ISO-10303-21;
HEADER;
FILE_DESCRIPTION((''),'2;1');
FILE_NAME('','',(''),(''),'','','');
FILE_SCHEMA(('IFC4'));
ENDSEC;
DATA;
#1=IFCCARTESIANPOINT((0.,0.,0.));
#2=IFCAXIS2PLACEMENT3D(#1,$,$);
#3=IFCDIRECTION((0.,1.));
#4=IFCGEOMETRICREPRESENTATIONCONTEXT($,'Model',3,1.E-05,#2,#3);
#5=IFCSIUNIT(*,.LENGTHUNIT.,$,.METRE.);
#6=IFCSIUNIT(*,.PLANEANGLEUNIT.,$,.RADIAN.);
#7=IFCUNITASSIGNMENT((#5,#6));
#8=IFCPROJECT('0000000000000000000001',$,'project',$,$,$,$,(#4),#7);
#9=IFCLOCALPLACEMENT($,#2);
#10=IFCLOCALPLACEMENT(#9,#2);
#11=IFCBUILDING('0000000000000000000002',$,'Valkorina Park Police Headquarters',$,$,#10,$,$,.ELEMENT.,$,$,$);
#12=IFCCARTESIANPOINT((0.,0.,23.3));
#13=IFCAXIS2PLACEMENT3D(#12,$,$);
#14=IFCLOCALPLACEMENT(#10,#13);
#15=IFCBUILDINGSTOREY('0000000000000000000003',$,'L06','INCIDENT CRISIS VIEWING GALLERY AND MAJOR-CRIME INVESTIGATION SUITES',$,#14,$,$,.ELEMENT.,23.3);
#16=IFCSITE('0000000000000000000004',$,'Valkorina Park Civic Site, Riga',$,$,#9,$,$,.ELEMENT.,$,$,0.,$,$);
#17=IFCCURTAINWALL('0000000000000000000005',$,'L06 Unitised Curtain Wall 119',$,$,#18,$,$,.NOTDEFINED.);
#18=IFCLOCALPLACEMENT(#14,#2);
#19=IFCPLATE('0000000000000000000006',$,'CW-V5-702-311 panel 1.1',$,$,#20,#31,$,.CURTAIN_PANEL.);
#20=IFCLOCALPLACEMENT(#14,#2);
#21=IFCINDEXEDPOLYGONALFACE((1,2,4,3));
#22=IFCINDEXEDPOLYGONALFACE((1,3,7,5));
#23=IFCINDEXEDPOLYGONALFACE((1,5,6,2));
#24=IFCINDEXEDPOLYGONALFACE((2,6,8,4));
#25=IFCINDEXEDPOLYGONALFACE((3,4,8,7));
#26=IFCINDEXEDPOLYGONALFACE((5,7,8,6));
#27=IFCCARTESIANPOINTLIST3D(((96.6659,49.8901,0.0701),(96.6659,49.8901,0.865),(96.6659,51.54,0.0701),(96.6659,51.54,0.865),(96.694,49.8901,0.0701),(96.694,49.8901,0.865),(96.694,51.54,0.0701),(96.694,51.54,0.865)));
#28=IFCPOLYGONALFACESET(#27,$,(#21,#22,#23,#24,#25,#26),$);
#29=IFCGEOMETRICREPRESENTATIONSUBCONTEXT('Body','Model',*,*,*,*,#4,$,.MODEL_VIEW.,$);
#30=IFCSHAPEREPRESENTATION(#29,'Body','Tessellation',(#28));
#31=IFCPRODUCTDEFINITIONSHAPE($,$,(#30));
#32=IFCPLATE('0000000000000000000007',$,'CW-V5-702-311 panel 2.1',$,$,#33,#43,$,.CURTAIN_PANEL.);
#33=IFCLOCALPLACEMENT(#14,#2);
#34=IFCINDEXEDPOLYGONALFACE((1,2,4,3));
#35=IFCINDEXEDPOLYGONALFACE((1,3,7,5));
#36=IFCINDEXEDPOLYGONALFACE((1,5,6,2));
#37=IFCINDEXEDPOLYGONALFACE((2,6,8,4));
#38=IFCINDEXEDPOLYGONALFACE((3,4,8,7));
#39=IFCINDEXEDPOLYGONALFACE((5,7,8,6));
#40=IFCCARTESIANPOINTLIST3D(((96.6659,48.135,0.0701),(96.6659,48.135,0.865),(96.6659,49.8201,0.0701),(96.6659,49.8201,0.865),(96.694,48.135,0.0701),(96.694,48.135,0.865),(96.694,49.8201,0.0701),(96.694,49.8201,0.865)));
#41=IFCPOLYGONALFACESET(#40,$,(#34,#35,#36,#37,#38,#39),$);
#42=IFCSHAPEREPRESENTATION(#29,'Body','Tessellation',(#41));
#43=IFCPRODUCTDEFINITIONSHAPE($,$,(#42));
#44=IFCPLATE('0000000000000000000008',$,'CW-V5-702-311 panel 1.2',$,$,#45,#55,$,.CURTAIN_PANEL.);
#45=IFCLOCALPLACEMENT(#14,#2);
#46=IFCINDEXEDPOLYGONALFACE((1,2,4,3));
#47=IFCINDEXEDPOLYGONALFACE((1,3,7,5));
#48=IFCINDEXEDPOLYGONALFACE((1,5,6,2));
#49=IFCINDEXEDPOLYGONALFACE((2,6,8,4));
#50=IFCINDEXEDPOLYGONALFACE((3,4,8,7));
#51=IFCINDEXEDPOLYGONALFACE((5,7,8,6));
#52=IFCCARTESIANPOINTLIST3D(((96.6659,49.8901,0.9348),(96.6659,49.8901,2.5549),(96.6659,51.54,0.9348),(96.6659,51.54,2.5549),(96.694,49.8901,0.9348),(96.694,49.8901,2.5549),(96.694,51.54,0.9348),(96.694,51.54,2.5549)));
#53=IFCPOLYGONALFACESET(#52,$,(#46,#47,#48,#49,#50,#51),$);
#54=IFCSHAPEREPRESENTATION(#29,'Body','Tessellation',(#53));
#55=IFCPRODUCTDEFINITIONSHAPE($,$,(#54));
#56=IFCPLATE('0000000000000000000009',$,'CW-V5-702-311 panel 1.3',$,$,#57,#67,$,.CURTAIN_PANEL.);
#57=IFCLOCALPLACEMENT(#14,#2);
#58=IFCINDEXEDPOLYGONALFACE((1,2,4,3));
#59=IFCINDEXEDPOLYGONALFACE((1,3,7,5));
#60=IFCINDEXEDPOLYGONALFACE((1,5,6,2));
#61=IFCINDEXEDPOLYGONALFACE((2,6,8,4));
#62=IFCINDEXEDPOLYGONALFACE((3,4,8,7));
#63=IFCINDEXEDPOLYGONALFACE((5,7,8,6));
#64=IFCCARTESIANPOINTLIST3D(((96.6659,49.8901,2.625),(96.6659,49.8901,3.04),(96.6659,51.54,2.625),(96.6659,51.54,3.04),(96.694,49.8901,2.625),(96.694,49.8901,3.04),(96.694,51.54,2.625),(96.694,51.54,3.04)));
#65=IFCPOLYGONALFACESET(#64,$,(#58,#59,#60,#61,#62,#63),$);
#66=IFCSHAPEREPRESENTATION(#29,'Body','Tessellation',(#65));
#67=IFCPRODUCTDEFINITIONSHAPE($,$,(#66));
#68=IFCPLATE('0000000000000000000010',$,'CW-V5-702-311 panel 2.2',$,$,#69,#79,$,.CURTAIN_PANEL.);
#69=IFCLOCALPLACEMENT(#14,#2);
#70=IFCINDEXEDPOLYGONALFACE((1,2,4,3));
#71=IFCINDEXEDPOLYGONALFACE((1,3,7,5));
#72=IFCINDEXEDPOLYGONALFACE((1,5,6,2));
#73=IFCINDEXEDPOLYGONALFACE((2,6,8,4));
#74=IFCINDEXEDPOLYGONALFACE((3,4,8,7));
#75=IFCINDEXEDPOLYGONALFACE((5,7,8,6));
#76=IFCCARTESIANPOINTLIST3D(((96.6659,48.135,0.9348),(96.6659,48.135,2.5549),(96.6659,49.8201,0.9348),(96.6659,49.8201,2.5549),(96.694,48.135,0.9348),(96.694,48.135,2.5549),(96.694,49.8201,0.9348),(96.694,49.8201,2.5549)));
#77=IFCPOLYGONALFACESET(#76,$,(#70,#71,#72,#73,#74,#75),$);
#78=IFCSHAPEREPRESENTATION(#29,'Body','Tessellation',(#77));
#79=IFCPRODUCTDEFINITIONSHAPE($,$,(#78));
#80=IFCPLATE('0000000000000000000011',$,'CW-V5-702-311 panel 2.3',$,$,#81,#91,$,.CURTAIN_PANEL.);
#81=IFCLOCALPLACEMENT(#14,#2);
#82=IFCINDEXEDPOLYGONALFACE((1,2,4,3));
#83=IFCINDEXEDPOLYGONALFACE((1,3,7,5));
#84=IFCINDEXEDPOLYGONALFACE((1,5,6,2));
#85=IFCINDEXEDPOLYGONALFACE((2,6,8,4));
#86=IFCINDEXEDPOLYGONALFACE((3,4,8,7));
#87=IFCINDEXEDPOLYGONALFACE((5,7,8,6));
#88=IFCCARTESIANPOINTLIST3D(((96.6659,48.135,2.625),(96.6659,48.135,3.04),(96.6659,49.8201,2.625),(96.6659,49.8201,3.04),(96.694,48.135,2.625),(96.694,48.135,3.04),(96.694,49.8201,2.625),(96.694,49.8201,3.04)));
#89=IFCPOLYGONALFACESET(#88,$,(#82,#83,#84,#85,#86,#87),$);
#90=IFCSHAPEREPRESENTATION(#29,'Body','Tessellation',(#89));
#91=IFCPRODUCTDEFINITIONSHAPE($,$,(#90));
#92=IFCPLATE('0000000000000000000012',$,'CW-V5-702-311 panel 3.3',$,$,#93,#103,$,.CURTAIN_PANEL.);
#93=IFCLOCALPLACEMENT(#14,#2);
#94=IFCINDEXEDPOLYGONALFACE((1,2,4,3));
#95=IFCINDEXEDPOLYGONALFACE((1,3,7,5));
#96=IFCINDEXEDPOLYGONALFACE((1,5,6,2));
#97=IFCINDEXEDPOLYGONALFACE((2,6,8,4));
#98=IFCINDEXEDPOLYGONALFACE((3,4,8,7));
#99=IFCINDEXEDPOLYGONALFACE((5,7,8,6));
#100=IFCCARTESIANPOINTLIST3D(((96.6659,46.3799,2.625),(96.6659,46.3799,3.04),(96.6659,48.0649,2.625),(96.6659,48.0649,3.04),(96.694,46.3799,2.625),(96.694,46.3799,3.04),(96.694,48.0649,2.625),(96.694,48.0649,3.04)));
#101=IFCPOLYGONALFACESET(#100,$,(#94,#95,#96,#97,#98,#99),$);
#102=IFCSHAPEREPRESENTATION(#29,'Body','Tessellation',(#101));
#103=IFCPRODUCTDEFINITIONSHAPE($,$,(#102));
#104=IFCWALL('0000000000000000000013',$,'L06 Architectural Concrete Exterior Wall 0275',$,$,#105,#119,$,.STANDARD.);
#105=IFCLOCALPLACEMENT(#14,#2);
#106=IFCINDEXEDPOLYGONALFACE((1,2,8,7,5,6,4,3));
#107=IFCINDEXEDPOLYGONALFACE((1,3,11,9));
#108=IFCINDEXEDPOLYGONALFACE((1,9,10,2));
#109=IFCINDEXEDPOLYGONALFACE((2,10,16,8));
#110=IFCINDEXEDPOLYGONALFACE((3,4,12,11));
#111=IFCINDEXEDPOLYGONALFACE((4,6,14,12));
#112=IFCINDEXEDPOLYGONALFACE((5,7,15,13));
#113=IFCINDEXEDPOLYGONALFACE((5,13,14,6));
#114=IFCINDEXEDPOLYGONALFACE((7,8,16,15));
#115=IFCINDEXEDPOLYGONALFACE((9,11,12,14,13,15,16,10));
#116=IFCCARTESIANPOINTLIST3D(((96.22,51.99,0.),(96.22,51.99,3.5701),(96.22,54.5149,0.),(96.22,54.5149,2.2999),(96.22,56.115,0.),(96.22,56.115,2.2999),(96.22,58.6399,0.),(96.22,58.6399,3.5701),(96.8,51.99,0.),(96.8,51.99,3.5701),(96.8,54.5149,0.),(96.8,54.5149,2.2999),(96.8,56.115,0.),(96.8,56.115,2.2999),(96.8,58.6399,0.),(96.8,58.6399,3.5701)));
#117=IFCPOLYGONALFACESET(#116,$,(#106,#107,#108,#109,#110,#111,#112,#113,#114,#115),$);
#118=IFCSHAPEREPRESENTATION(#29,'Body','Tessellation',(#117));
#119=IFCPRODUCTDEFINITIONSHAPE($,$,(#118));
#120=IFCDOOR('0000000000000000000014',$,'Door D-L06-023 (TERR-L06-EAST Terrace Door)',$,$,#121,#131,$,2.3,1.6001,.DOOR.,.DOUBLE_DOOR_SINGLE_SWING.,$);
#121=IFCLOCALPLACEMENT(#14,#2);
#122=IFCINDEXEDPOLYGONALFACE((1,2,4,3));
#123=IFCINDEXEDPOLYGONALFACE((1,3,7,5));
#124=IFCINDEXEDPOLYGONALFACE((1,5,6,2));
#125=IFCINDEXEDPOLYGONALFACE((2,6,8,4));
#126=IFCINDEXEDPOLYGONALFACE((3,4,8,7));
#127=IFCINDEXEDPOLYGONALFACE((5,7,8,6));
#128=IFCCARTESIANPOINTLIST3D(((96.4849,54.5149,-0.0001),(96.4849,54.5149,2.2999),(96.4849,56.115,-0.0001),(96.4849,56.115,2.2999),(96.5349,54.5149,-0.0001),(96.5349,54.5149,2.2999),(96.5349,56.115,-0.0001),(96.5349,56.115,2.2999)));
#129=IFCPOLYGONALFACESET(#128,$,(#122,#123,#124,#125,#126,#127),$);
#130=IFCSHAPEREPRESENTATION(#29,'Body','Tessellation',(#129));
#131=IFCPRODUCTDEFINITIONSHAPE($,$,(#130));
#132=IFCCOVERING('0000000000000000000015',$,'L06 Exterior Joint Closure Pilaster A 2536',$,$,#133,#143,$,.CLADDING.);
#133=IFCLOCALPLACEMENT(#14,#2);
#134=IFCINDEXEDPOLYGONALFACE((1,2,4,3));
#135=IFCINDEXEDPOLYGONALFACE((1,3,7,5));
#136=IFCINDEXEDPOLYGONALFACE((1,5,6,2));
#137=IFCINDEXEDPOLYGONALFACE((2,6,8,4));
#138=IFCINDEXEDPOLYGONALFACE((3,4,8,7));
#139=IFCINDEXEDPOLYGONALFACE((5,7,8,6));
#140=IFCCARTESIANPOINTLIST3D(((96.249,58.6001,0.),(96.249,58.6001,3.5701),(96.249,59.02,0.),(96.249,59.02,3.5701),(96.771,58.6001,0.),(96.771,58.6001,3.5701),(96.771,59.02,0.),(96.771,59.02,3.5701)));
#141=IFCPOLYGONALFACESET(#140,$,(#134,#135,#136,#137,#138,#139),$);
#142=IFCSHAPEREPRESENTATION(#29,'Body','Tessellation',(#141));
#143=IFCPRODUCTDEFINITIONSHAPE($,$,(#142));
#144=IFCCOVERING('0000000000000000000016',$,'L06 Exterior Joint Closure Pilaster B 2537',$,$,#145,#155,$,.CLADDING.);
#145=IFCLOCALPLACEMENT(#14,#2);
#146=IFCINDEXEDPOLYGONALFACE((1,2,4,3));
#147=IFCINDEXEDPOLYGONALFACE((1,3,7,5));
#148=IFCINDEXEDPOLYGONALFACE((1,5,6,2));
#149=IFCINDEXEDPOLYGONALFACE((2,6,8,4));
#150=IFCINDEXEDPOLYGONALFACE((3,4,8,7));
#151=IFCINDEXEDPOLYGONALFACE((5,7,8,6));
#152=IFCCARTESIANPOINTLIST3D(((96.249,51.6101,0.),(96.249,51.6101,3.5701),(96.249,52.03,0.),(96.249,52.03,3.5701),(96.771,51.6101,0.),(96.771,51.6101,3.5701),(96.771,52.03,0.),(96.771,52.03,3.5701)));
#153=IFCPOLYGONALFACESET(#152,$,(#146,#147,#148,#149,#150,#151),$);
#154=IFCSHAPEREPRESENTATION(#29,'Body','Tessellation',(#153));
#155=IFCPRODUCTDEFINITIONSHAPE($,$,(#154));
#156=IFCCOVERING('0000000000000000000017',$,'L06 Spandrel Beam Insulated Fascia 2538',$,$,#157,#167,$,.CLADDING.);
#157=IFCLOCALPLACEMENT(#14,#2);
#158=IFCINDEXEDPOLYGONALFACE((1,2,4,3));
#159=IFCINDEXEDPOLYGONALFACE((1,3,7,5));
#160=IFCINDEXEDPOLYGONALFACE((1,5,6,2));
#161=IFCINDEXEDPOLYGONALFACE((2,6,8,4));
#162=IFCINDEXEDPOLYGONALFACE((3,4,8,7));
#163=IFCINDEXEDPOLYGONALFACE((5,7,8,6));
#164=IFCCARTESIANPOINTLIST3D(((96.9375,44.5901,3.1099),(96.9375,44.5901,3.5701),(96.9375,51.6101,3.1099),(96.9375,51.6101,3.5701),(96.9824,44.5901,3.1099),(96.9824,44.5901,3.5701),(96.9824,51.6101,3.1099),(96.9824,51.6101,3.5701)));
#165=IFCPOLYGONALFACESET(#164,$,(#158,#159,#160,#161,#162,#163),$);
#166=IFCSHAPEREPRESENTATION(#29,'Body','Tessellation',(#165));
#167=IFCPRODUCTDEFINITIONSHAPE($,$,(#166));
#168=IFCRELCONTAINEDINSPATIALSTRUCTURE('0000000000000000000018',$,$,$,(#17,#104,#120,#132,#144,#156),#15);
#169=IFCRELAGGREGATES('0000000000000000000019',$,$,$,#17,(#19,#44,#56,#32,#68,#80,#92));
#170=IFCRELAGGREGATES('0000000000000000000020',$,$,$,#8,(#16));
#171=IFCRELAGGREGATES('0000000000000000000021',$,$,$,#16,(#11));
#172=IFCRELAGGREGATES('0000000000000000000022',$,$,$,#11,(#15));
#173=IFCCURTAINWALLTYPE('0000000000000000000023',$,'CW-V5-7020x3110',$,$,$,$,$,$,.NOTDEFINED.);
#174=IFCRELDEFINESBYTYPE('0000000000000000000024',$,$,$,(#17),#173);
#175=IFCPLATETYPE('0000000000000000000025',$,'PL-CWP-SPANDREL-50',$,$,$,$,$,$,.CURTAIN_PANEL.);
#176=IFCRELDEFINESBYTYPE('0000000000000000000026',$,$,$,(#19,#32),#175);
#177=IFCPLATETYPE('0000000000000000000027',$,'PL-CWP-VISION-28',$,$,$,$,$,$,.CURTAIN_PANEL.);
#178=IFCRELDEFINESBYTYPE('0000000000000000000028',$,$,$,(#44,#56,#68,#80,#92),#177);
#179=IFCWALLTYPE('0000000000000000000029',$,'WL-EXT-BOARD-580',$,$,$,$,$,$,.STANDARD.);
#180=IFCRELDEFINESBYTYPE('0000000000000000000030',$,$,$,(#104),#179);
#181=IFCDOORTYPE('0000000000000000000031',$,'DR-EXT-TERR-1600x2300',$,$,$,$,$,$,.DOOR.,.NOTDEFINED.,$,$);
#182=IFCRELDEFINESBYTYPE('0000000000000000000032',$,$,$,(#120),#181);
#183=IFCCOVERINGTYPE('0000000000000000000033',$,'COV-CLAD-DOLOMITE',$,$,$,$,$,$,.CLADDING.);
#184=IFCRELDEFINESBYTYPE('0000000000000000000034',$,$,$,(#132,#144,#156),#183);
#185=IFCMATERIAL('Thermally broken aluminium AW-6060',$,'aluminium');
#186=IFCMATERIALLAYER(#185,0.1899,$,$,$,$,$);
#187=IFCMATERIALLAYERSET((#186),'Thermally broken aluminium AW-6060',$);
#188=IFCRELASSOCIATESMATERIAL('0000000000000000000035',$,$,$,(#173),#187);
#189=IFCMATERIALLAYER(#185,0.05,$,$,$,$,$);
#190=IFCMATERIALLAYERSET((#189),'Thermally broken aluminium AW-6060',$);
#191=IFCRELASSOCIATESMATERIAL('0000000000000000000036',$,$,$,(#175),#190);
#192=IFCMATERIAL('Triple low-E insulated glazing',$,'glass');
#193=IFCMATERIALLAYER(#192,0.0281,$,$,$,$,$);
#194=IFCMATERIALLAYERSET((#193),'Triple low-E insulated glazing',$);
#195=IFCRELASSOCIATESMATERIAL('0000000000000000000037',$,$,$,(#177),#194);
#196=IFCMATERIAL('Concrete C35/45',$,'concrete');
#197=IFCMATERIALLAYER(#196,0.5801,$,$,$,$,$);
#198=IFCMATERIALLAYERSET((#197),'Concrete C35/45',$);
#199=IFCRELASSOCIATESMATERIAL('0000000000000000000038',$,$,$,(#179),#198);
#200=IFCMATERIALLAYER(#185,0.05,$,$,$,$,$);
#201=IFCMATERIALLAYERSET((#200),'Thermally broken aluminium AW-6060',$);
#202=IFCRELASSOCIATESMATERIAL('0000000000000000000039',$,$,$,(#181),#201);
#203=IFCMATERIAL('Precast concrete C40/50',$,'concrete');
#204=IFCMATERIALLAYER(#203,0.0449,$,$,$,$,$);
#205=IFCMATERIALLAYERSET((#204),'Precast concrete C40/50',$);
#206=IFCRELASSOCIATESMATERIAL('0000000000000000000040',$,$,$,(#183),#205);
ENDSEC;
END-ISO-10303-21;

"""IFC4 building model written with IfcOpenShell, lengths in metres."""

from ifc_helpers import new_model, si_unit, direction, frame, frame_2d, origin, origin_2d, place, context, subcontext, project, spatial, rectangle, extrude, material, layer, layer_set, type_object, element, fill, aggregate, save


model = new_model("IFC4")

# Units and contexts
model_context = context("Model", 3, precision=1e-05, world=origin(), true_north=direction((0.0, 1.0)))
body_context = subcontext(model_context, "Body", "Model", "MODEL_VIEW")
ifc_project = project(units=[si_unit("LENGTHUNIT", "METRE"), si_unit("PLANEANGLEUNIT", "RADIAN")], contexts=[model_context])

# Site, building, storey
site_placement = place(None, origin())
site = spatial("IfcSite", under=ifc_project, at=site_placement, Name="Valkorina Park Civic Site, Riga", CompositionType="ELEMENT", RefElevation=0.0)
building_placement = place(site_placement, origin())
building = spatial("IfcBuilding", under=site, at=building_placement, Name="Valkorina Park Police Headquarters", CompositionType="ELEMENT")
storey_placement = place(building_placement, frame((0.0, 0.0, 23.3)))
storey = spatial("IfcBuildingStorey", under=building, at=storey_placement, Name="L06", Description="INCIDENT CRISIS VIEWING GALLERY AND MAJOR-CRIME INVESTIGATION SUITES", CompositionType="ELEMENT", Elevation=23.3)

# Shared definitions
ifc_material_1 = material(Name="Thermally broken aluminium AW-6060", Category="aluminium")

# Curtain wall, plates
ifc_layer_1 = layer(ifc_material_1, 0.1899)
ifc_layer_set_1 = layer_set([ifc_layer_1], Name="Thermally broken aluminium AW-6060")
curtain_wall_type_1 = type_object("IfcCurtainWallType", Name="CW-V5-7020x3110", PredefinedType="NOTDEFINED", material=ifc_layer_set_1)
curtain_wall_1_placement = place(storey_placement, origin())
curtain_wall_1 = element("IfcCurtainWall", 1, at=curtain_wall_1_placement, inside=storey, type_object=curtain_wall_type_1, Name="L06 Unitised Curtain Wall 119", PredefinedType="NOTDEFINED")
ifc_layer_2 = layer(ifc_material_1, 0.05)
ifc_layer_set_2 = layer_set([ifc_layer_2], Name="Thermally broken aluminium AW-6060")
plate_type_1 = type_object("IfcPlateType", Name="PL-CWP-SPANDREL-50", PredefinedType="CURTAIN_PANEL", material=ifc_layer_set_2)
plate_1_placement = place(storey_placement, frame((96.6799, 50.7151, 0.0701), z_axis=(0.0, 0.0, 1.0), x_axis=(0.0, -1.0, 0.0)))
plate_1 = element("IfcPlate", 2, at=plate_1_placement, type_object=plate_type_1, Name="CW-V5-702-311 panel 1.1", PredefinedType="CURTAIN_PANEL", context=body_context, shape_type="SweptSolid", body=[
    extrude(rectangle(XDim=1.6499, YDim=0.0281, at=origin_2d()), origin(), (0.0, 0.0, 1.0), 0.7949),
])
plate_2_placement = place(storey_placement, frame((96.6799, 48.9775, 0.0701), z_axis=(0.0, 0.0, 1.0), x_axis=(0.0, -1.0, 0.0)))
plate_2 = element("IfcPlate", 3, at=plate_2_placement, type_object=plate_type_1, Name="CW-V5-702-311 panel 2.1", PredefinedType="CURTAIN_PANEL", context=body_context, shape_type="SweptSolid", body=[
    extrude(rectangle(XDim=1.6851, YDim=0.0281, at=origin_2d()), origin(), (0.0, 0.0, 1.0), 0.7949),
])
ifc_material_2 = material(Name="Triple low-E insulated glazing", Category="glass")
ifc_layer_3 = layer(ifc_material_2, 0.0281)
ifc_layer_set_3 = layer_set([ifc_layer_3], Name="Triple low-E insulated glazing")
plate_type_2 = type_object("IfcPlateType", Name="PL-CWP-VISION-28", PredefinedType="CURTAIN_PANEL", material=ifc_layer_set_3)
plate_3_placement = place(storey_placement, frame((96.6799, 50.7151, 0.9348), z_axis=(0.0, 0.0, 1.0), x_axis=(0.0, -1.0, 0.0)))
plate_3 = element("IfcPlate", 4, at=plate_3_placement, type_object=plate_type_2, Name="CW-V5-702-311 panel 1.2", PredefinedType="CURTAIN_PANEL", context=body_context, shape_type="SweptSolid", body=[
    extrude(rectangle(XDim=1.6499, YDim=0.0281, at=origin_2d()), origin(), (0.0, 0.0, 1.0), 1.6201),
])
plate_4_placement = place(storey_placement, frame((96.6799, 50.7151, 2.625), z_axis=(0.0, 0.0, 1.0), x_axis=(0.0, -1.0, 0.0)))
plate_4 = element("IfcPlate", 5, at=plate_4_placement, type_object=plate_type_2, Name="CW-V5-702-311 panel 1.3", PredefinedType="CURTAIN_PANEL", context=body_context, shape_type="SweptSolid", body=[
    extrude(rectangle(XDim=1.6499, YDim=0.0281, at=origin_2d()), origin(), (0.0, 0.0, 1.0), 0.415),
])
plate_5_placement = place(storey_placement, frame((96.6799, 48.9775, 0.9348), z_axis=(0.0, 0.0, 1.0), x_axis=(0.0, -1.0, 0.0)))
plate_5 = element("IfcPlate", 6, at=plate_5_placement, type_object=plate_type_2, Name="CW-V5-702-311 panel 2.2", PredefinedType="CURTAIN_PANEL", context=body_context, shape_type="SweptSolid", body=[
    extrude(rectangle(XDim=1.6851, YDim=0.0281, at=origin_2d()), origin(), (0.0, 0.0, 1.0), 1.6201),
])
plate_6_placement = place(storey_placement, frame((96.6799, 48.9775, 2.625), z_axis=(0.0, 0.0, 1.0), x_axis=(0.0, -1.0, 0.0)))
plate_6 = element("IfcPlate", 7, at=plate_6_placement, type_object=plate_type_2, Name="CW-V5-702-311 panel 2.3", PredefinedType="CURTAIN_PANEL", context=body_context, shape_type="SweptSolid", body=[
    extrude(rectangle(XDim=1.6851, YDim=0.0281, at=origin_2d()), origin(), (0.0, 0.0, 1.0), 0.415),
])
plate_7_placement = place(storey_placement, frame((96.6799, 47.2224, 2.625), z_axis=(0.0, 0.0, 1.0), x_axis=(0.0, -1.0, 0.0)))
plate_7 = element("IfcPlate", 8, at=plate_7_placement, type_object=plate_type_2, Name="CW-V5-702-311 panel 3.3", PredefinedType="CURTAIN_PANEL", context=body_context, shape_type="SweptSolid", body=[
    extrude(rectangle(XDim=1.6851, YDim=0.0281, at=origin_2d()), origin(), (0.0, 0.0, 1.0), 0.415),
])
aggregate(curtain_wall_1, [plate_1, plate_3, plate_4, plate_2, plate_5, plate_6, plate_7])

# Wall, opening, door
ifc_material_3 = material(Name="Concrete C35/45", Category="concrete")
ifc_layer_4 = layer(ifc_material_3, 0.5801)
ifc_layer_set_4 = layer_set([ifc_layer_4], Name="Concrete C35/45")
wall_type = type_object("IfcWallType", Name="WL-EXT-BOARD-580", PredefinedType="STANDARD", material=ifc_layer_set_4)
wall_placement = place(storey_placement, frame((96.51, 58.6399, 0.0), z_axis=(0.0, 0.0, 1.0), x_axis=(0.0, -1.0, 0.0)))
wall = element("IfcWall", 9, at=wall_placement, inside=storey, type_object=wall_type, Name="L06 Architectural Concrete Exterior Wall 0275", PredefinedType="STANDARD", context=body_context, shape_type="SweptSolid", body=[
    extrude(rectangle(XDim=6.6499, YDim=0.5801, at=frame_2d((3.325, 0.0))), origin(), (0.0, 0.0, 1.0), 3.5701),
])
opening_placement = place(wall_placement, frame((2.5249, 0.0, 0.0)))
opening = element("IfcOpeningElement", 10, at=opening_placement, cuts=wall, PredefinedType="OPENING", context=body_context, shape_type="SweptSolid", body=[
    extrude(rectangle(XDim=1.6001, YDim=2.3, at=frame_2d((0.8, 1.1499))), frame((0.0, 0.3, 0.0), z_axis=(0.0, -1.0, 0.0), x_axis=(1.0, 0.0, 0.0)), (0.0, 0.0, 1.0), 0.6001),
])
ifc_layer_5 = layer(ifc_material_1, 0.05)
ifc_layer_set_5 = layer_set([ifc_layer_5], Name="Thermally broken aluminium AW-6060")
door_type = type_object("IfcDoorType", Name="DR-EXT-TERR-1600x2300", OperationType="NOTDEFINED", PredefinedType="DOOR", material=ifc_layer_set_5)
door_placement = place(opening_placement, origin())
door = element("IfcDoor", 11, at=door_placement, inside=storey, type_object=door_type, Name="Door D-L06-023 (TERR-L06-EAST Terrace Door)", OperationType="DOUBLE_DOOR_SINGLE_SWING", OverallHeight=2.3, OverallWidth=1.6001, PredefinedType="DOOR", context=body_context, shape_type="SweptSolid", body=[
    extrude(rectangle(XDim=1.6001, YDim=2.3, at=frame_2d((0.8, 1.1499))), frame((0.0, 0.0249, 0.0), z_axis=(0.0, -1.0, 0.0), x_axis=(1.0, 0.0, 0.0)), (0.0, 0.0, 1.0), 0.05),
])
fill(opening, door)

# Coverings
ifc_material_4 = material(Name="Precast concrete C40/50", Category="concrete")
ifc_layer_6 = layer(ifc_material_4, 0.0449)
ifc_layer_set_6 = layer_set([ifc_layer_6], Name="Precast concrete C40/50")
covering_type = type_object("IfcCoveringType", Name="COV-CLAD-DOLOMITE", PredefinedType="CLADDING", material=ifc_layer_set_6)
for number, where, z_axis, x_axis, name in (
    (12, (96.51, 58.8101, 0.0), (0.0, 0.0, 1.0), (0.0, 1.0, 0.0), "L06 Exterior Joint Closure Pilaster A 2536"),
    (13, (96.51, 51.8201, 0.0), (0.0, 0.0, 1.0), (0.0, 1.0, 0.0), "L06 Exterior Joint Closure Pilaster B 2537"),
):
    element("IfcCovering", number, at=place(storey_placement, frame(where, z_axis=z_axis, x_axis=x_axis)), inside=storey, type_object=covering_type, Name=name, PredefinedType="CLADDING", context=body_context, shape_type="SweptSolid", body=[
        extrude(rectangle(XDim=0.4199, YDim=0.522, at=origin_2d()), origin(), (0.0, 0.0, 1.0), 3.5701),
    ])
covering_placement = place(storey_placement, frame((96.96, 51.6101, 3.1099), z_axis=(0.0, 0.0, 1.0), x_axis=(0.0, -1.0, 0.0)))
element("IfcCovering", 14, at=covering_placement, inside=storey, type_object=covering_type, Name="L06 Spandrel Beam Insulated Fascia 2538", PredefinedType="CLADDING", context=body_context, shape_type="SweptSolid", body=[
    extrude(rectangle(XDim=7.02, YDim=0.0449, at=frame_2d((3.51, 0.0))), origin(), (0.0, 0.0, 1.0), 0.4602),
])

save(model, "model.ifc")
